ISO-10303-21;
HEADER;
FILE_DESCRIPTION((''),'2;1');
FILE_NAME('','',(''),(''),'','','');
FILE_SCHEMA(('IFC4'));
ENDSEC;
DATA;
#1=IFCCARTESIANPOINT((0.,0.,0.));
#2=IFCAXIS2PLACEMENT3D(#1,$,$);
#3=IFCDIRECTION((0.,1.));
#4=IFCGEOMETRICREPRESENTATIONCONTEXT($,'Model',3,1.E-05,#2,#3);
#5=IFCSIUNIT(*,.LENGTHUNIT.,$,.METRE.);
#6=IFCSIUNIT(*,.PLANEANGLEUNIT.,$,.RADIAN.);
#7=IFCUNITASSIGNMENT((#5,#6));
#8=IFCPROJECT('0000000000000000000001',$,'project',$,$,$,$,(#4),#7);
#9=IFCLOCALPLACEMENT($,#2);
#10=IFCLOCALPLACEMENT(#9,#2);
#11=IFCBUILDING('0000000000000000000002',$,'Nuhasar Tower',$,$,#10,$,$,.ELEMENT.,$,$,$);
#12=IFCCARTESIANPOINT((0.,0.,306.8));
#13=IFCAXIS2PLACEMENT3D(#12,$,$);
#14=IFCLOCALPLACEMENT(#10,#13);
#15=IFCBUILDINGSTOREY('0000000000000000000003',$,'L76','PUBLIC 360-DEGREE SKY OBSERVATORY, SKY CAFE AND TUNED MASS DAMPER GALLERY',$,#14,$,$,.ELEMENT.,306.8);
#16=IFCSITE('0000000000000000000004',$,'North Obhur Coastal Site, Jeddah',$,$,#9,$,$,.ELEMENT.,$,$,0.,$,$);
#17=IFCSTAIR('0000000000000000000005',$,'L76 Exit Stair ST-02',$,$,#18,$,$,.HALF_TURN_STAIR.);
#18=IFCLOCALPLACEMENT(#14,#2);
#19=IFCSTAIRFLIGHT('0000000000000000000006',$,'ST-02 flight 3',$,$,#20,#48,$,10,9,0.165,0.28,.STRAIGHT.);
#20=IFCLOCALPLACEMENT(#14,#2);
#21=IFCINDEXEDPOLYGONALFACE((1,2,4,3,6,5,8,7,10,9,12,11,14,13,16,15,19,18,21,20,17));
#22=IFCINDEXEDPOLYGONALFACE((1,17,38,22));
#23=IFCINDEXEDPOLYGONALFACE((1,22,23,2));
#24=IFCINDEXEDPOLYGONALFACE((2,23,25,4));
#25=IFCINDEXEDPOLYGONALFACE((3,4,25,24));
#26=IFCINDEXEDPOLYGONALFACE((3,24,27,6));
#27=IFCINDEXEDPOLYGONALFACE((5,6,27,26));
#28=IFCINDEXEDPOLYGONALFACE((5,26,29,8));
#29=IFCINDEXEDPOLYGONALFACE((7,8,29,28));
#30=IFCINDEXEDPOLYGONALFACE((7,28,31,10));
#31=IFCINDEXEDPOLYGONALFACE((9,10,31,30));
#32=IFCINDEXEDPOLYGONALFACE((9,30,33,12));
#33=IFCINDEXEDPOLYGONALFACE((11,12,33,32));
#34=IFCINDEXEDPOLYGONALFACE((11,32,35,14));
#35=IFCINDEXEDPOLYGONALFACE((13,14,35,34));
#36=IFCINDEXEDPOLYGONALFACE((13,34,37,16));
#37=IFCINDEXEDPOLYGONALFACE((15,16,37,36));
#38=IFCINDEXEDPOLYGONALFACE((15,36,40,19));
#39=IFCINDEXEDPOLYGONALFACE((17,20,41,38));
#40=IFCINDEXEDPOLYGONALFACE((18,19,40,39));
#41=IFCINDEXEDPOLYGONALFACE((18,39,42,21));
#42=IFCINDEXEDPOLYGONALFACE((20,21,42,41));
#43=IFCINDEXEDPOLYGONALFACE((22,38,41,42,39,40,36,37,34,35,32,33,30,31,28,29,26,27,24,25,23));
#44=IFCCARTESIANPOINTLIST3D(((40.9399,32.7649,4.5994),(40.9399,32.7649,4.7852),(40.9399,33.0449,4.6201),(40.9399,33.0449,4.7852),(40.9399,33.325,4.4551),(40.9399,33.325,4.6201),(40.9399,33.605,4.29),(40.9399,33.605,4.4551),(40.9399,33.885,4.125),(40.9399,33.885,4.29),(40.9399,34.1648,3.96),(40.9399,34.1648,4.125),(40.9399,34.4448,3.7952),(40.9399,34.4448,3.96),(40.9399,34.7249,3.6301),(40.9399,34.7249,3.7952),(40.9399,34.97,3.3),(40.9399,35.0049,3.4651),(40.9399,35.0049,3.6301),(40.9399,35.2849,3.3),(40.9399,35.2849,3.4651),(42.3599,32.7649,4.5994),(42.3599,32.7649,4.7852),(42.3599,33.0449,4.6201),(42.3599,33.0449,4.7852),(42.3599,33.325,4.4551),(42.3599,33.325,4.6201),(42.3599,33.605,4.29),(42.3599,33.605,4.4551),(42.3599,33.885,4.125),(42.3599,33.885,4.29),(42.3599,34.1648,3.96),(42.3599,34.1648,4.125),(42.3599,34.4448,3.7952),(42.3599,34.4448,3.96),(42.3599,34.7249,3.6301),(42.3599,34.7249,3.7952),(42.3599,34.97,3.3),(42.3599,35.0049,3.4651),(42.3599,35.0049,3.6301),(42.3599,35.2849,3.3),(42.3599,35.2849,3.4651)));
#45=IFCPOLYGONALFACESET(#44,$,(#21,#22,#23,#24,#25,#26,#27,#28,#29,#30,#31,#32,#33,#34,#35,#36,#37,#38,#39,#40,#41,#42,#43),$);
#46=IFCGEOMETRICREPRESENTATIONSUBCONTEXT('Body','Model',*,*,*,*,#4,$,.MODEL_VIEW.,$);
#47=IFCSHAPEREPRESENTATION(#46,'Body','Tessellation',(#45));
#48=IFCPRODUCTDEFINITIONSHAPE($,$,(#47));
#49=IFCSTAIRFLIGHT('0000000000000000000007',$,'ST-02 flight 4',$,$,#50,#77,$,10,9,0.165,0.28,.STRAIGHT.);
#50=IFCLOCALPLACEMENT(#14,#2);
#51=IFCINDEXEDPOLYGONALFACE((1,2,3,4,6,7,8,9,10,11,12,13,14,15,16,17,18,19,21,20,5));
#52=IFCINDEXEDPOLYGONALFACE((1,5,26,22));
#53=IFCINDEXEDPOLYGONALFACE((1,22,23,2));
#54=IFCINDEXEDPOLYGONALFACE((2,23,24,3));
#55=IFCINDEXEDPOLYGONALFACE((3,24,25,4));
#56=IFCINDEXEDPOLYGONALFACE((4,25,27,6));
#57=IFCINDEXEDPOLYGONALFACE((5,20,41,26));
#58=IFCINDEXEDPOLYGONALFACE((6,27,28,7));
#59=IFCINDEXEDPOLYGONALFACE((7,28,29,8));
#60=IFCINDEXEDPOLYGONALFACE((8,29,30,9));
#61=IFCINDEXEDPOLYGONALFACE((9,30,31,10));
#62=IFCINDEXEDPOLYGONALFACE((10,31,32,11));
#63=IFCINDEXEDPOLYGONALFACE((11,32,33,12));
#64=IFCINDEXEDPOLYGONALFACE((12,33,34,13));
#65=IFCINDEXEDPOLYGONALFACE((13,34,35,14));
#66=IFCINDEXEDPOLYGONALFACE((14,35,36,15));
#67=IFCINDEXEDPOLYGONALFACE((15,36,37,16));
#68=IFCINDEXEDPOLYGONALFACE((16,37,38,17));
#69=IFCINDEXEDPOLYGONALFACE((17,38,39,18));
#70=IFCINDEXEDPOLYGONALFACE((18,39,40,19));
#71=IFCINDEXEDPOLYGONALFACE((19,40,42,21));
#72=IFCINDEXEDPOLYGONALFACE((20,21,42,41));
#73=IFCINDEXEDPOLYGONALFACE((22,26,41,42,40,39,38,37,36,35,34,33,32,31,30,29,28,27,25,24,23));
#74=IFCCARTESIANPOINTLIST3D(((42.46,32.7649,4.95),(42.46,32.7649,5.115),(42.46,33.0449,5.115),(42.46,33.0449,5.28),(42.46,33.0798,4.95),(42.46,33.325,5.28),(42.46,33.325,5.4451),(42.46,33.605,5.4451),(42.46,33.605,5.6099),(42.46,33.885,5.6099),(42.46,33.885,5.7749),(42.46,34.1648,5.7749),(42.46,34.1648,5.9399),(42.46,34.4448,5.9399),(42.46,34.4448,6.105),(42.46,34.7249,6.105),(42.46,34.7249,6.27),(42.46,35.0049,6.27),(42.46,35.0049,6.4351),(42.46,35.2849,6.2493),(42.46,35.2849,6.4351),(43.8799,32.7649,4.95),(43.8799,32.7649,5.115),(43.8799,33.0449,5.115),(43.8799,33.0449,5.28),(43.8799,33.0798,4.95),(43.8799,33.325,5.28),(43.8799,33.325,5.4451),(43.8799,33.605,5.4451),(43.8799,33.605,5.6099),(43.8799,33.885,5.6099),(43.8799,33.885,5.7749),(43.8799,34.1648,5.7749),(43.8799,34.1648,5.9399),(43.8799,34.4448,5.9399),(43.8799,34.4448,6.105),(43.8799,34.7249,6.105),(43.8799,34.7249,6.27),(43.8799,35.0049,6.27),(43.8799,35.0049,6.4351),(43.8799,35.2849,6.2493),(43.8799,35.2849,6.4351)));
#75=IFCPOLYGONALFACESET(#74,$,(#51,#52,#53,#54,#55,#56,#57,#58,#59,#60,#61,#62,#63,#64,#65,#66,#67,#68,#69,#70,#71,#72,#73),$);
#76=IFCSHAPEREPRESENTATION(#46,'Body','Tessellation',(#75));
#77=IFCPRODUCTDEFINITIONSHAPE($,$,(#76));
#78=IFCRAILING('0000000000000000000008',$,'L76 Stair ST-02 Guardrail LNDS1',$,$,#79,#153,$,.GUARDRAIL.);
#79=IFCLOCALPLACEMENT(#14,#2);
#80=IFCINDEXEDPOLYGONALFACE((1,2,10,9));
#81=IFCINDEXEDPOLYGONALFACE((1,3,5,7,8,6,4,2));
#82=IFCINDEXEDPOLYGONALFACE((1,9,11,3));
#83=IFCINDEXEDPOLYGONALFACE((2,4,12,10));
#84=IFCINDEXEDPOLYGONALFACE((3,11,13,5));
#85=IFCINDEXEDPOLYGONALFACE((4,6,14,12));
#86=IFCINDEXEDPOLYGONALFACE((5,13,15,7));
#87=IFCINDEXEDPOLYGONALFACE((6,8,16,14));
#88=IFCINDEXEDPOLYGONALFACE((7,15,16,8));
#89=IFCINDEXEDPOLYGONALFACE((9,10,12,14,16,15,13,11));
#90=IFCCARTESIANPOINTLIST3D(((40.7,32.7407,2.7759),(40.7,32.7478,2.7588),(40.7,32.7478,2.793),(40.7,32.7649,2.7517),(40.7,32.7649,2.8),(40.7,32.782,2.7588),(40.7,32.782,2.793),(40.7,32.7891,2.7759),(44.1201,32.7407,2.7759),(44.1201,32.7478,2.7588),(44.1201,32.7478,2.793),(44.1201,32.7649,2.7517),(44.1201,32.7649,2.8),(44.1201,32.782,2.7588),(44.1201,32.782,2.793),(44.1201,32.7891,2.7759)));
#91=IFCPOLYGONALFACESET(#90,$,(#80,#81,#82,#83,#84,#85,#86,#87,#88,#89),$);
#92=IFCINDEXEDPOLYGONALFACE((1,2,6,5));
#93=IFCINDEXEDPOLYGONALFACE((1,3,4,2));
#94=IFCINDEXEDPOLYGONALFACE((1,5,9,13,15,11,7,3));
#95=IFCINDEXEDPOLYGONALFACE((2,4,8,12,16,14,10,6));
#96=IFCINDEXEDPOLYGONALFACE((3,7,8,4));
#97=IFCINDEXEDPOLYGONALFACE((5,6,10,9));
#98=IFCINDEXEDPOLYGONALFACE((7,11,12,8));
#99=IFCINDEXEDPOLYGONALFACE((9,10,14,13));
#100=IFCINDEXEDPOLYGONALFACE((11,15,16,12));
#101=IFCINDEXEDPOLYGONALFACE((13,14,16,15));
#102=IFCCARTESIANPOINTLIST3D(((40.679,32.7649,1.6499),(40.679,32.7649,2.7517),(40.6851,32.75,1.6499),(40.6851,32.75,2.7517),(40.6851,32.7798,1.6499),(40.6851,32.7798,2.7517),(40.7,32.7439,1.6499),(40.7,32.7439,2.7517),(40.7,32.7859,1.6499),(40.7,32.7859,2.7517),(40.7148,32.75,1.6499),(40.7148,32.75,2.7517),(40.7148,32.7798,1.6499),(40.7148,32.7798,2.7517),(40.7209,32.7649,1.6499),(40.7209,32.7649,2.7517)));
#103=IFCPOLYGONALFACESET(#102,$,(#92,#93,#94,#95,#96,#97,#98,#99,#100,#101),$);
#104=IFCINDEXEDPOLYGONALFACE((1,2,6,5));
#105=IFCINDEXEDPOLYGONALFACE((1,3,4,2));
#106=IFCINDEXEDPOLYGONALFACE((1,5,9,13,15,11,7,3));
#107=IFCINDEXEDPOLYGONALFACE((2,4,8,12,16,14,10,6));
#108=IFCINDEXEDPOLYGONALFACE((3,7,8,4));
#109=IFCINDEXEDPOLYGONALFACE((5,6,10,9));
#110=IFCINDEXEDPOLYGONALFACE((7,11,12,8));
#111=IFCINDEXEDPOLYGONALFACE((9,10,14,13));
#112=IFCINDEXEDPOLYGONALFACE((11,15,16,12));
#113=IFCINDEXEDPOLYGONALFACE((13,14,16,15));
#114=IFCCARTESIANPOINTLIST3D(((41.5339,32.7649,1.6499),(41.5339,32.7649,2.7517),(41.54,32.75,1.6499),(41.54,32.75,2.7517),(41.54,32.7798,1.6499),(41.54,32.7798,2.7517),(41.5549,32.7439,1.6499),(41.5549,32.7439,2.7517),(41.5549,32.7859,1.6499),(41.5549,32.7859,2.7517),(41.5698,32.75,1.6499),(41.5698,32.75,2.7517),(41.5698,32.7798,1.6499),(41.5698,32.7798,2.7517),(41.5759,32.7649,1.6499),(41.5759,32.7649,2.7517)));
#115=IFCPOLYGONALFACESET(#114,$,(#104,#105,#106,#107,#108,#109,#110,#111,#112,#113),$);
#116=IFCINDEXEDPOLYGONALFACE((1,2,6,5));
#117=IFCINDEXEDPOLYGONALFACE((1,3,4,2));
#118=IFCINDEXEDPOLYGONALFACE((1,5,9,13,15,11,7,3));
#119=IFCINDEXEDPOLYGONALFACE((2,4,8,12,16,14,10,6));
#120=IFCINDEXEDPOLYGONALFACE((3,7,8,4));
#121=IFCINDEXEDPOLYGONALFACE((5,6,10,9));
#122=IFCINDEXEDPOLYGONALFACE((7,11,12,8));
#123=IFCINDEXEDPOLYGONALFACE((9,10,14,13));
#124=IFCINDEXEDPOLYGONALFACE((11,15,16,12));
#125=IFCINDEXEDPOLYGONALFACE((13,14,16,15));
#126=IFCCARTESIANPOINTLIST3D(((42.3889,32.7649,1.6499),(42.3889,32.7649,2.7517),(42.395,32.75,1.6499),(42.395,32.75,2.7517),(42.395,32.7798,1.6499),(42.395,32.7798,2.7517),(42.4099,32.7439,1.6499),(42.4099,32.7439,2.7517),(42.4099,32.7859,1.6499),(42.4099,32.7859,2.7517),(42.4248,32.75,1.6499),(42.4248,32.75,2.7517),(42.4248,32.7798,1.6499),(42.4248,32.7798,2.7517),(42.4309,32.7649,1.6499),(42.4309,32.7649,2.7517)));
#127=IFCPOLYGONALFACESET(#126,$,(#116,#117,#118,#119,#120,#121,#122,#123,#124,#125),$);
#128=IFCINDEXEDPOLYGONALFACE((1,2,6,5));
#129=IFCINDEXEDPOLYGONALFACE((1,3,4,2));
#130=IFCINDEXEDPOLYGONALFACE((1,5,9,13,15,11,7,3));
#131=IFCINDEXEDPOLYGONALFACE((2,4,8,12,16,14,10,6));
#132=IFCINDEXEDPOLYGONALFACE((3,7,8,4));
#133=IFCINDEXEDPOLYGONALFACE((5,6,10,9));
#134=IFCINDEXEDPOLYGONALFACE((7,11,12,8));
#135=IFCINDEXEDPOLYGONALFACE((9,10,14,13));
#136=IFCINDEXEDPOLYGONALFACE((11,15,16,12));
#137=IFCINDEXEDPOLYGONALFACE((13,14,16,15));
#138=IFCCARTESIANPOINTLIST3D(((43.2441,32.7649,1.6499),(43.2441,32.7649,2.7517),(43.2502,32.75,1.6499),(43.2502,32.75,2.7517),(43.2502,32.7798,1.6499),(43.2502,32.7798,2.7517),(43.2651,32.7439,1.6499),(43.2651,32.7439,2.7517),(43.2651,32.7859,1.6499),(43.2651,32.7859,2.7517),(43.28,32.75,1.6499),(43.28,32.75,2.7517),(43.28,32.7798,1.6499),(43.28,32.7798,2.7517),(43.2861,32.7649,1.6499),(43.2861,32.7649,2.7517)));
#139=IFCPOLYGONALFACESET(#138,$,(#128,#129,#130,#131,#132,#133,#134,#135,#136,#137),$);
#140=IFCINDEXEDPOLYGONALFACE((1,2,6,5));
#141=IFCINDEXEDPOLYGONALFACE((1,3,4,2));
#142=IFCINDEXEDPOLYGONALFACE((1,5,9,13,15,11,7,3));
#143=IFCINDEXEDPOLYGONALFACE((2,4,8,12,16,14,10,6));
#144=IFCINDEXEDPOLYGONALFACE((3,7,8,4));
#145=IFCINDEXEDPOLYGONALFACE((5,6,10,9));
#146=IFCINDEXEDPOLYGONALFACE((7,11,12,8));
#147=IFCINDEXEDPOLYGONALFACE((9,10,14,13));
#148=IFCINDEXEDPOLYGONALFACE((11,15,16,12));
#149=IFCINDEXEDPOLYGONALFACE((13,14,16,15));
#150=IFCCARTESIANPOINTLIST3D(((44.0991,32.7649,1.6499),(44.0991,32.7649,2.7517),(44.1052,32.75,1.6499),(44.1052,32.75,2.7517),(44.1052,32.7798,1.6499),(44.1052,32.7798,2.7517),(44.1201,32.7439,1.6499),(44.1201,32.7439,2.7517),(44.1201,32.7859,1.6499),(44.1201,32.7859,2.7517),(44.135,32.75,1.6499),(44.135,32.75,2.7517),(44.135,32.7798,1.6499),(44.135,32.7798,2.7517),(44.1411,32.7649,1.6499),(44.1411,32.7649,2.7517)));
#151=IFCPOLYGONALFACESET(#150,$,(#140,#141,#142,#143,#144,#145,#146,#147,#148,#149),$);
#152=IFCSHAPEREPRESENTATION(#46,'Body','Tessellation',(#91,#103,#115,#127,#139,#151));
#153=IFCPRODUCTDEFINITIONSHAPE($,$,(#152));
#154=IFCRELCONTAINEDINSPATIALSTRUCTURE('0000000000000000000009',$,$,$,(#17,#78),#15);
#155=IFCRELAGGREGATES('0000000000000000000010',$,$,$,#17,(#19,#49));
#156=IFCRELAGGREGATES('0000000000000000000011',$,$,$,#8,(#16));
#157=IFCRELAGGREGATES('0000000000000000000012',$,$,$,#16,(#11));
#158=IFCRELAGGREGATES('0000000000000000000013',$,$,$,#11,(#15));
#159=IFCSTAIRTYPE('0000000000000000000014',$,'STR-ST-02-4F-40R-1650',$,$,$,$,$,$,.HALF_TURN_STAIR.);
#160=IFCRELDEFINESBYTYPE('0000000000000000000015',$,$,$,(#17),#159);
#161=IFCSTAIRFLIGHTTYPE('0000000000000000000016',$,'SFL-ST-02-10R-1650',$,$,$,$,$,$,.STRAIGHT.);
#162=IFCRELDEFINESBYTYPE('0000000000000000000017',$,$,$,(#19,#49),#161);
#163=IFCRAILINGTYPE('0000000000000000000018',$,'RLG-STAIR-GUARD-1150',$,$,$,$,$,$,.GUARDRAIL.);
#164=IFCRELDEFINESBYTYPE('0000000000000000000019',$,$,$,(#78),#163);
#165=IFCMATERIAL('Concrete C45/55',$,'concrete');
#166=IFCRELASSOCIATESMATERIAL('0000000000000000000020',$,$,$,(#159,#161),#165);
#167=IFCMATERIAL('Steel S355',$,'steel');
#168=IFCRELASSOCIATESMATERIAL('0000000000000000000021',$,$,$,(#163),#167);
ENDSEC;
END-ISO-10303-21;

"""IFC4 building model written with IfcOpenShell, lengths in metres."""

from ifc_helpers import new_model, si_unit, direction, frame, origin, place, context, subcontext, project, spatial, polyline, outline, extrude, material, type_object, element, aggregate, save


model = new_model("IFC4")

# Units and contexts
model_context = context("Model", 3, precision=1e-05, world=origin(), true_north=direction((0.0, 1.0)))
body_context = subcontext(model_context, "Body", "Model", "MODEL_VIEW")
ifc_project = project(units=[si_unit("LENGTHUNIT", "METRE"), si_unit("PLANEANGLEUNIT", "RADIAN")], contexts=[model_context])

# Site, building, storey
site_placement = place(None, origin())
site = spatial("IfcSite", under=ifc_project, at=site_placement, Name="North Obhur Coastal Site, Jeddah", CompositionType="ELEMENT", RefElevation=0.0)
building_placement = place(site_placement, origin())
building = spatial("IfcBuilding", under=site, at=building_placement, Name="Nuhasar Tower", CompositionType="ELEMENT")
storey_placement = place(building_placement, frame((0.0, 0.0, 306.8)))
storey = spatial("IfcBuildingStorey", under=building, at=storey_placement, Name="L76", Description="PUBLIC 360-DEGREE SKY OBSERVATORY, SKY CAFE AND TUNED MASS DAMPER GALLERY", CompositionType="ELEMENT", Elevation=306.8)

# Shared definitions
ifc_material_1 = material(Name="Steel S355", Category="steel")

# Shared definitions
ifc_material_2 = material(Name="Concrete C45/55", Category="concrete")

# Stair, stair flights
stair_type = type_object("IfcStairType", Name="STR-ST-02-4F-40R-1650", PredefinedType="HALF_TURN_STAIR", material=ifc_material_2)
stair_placement = place(storey_placement, origin())
stair = element("IfcStair", 1, at=stair_placement, inside=storey, type_object=stair_type, Name="L76 Exit Stair ST-02", PredefinedType="HALF_TURN_STAIR")
stair_flight_type = type_object("IfcStairFlightType", Name="SFL-ST-02-10R-1650", PredefinedType="STRAIGHT", material=ifc_material_2)
stair_flight_1_placement = place(storey_placement, frame((41.6499, 35.2849, 3.3), z_axis=(0.0, 0.0, 1.0), x_axis=(0.0, -1.0, 0.0)))
stair_flight_1 = element("IfcStairFlight", 2, at=stair_flight_1_placement, type_object=stair_flight_type, Name="ST-02 flight 3", NumberOfRisers=10, NumberOfTreads=9, PredefinedType="STRAIGHT", RiserHeight=0.165, TreadLength=0.28, context=body_context, shape_type="SweptSolid", body=[
    extrude(outline(polyline([(0.0, 0.0), (0.0, 0.165), (0.28, 0.165), (0.28, 0.3301), (0.5601, 0.3301), (0.5601, 0.4951), (0.8401, 0.4951), (0.8401, 0.6599), (1.1201, 0.6599), (1.1201, 0.825), (1.3999, 0.825), (1.3999, 0.99), (1.6799, 0.99), (1.6799, 1.155), (1.96, 1.155), (1.96, 1.3201), (2.24, 1.3201), (2.24, 1.4851), (2.52, 1.4851), (2.52, 1.6499), (2.52, 1.2993), (0.3149, 0.0), (0.0, 0.0)])), frame((0.0, 0.71, 0.0), z_axis=(0.0, -1.0, 0.0), x_axis=(1.0, 0.0, 0.0)), (0.0, 0.0, 1.0), 1.4199),
])
stair_flight_2_placement = place(storey_placement, frame((43.1699, 32.7649, 4.95), z_axis=(0.0, 0.0, 1.0), x_axis=(0.0, 1.0, 0.0)))
stair_flight_2 = element("IfcStairFlight", 3, at=stair_flight_2_placement, type_object=stair_flight_type, Name="ST-02 flight 4", NumberOfRisers=10, NumberOfTreads=9, PredefinedType="STRAIGHT", RiserHeight=0.165, TreadLength=0.28, context=body_context, shape_type="SweptSolid", body=[
    extrude(outline(polyline([(0.0, 0.0), (0.0, 0.165), (0.28, 0.165), (0.28, 0.3301), (0.5601, 0.3301), (0.5601, 0.4951), (0.8401, 0.4951), (0.8401, 0.6599), (1.1201, 0.6599), (1.1201, 0.825), (1.3999, 0.825), (1.3999, 0.99), (1.6799, 0.99), (1.6799, 1.155), (1.96, 1.155), (1.96, 1.3201), (2.24, 1.3201), (2.24, 1.4851), (2.52, 1.4851), (2.52, 1.6499), (2.52, 1.2993), (0.3149, 0.0), (0.0, 0.0)])), frame((0.0, 0.71, 0.0), z_axis=(0.0, -1.0, 0.0), x_axis=(1.0, 0.0, 0.0)), (0.0, 0.0, 1.0), 1.4199),
])
aggregate(stair, [stair_flight_1, stair_flight_2])

# Railing
railing_type_1 = type_object("IfcRailingType", Name="RLG-STAIR-GUARD-1150", PredefinedType="GUARDRAIL", material=ifc_material_1)
railing_1_placement = place(storey_placement, frame((40.7, 32.7649, 1.6499)))
element("IfcRailing", 4, at=railing_1_placement, inside=storey, type_object=railing_type_1, Name="L76 Stair ST-02 Guardrail LNDS1", PredefinedType="GUARDRAIL", context=body_context, shape_type="SweptSolid", body=[
    extrude(outline(polyline([(0.0242, 0.0), (0.0171, 0.0171), (0.0, 0.0242), (-0.0171, 0.0171), (-0.0242, 0.0), (-0.0171, -0.0171), (0.0, -0.0242), (0.0171, -0.0171), (0.0242, 0.0)])), frame((0.0, 0.0, 1.126), z_axis=(1.0, 0.0, 0.0), x_axis=(0.0, 1.0, 0.0)), (0.0, 0.0, 1.0), 3.4202),
    extrude(outline(polyline([(0.021, 0.0), (0.0149, 0.0149), (0.0, 0.021), (-0.0149, 0.0149), (-0.021, 0.0), (-0.0149, -0.0149), (0.0, -0.021), (0.0149, -0.0149), (0.021, 0.0)])), origin(), (0.0, 0.0, 1.0), 1.1018),
    extrude(outline(polyline([(0.021, 0.0), (0.0149, 0.0149), (0.0, 0.021), (-0.0149, 0.0149), (-0.021, 0.0), (-0.0149, -0.0149), (0.0, -0.021), (0.0149, -0.0149), (0.021, 0.0)])), frame((0.855, 0.0, 0.0)), (0.0, 0.0, 1.0), 1.1018),
    extrude(outline(polyline([(0.021, 0.0), (0.0149, 0.0149), (0.0, 0.021), (-0.0149, 0.0149), (-0.021, 0.0), (-0.0149, -0.0149), (0.0, -0.021), (0.0149, -0.0149), (0.021, 0.0)])), frame((1.71, 0.0, 0.0)), (0.0, 0.0, 1.0), 1.1018),
    extrude(outline(polyline([(0.021, 0.0), (0.0149, 0.0149), (0.0, 0.021), (-0.0149, 0.0149), (-0.021, 0.0), (-0.0149, -0.0149), (0.0, -0.021), (0.0149, -0.0149), (0.021, 0.0)])), frame((2.5652, 0.0, 0.0)), (0.0, 0.0, 1.0), 1.1018),
    extrude(outline(polyline([(0.021, 0.0), (0.0149, 0.0149), (0.0, 0.021), (-0.0149, 0.0149), (-0.021, 0.0), (-0.0149, -0.0149), (0.0, -0.021), (0.0149, -0.0149), (0.021, 0.0)])), frame((3.4202, 0.0, 0.0)), (0.0, 0.0, 1.0), 1.1018),
])

save(model, "model.ifc")
